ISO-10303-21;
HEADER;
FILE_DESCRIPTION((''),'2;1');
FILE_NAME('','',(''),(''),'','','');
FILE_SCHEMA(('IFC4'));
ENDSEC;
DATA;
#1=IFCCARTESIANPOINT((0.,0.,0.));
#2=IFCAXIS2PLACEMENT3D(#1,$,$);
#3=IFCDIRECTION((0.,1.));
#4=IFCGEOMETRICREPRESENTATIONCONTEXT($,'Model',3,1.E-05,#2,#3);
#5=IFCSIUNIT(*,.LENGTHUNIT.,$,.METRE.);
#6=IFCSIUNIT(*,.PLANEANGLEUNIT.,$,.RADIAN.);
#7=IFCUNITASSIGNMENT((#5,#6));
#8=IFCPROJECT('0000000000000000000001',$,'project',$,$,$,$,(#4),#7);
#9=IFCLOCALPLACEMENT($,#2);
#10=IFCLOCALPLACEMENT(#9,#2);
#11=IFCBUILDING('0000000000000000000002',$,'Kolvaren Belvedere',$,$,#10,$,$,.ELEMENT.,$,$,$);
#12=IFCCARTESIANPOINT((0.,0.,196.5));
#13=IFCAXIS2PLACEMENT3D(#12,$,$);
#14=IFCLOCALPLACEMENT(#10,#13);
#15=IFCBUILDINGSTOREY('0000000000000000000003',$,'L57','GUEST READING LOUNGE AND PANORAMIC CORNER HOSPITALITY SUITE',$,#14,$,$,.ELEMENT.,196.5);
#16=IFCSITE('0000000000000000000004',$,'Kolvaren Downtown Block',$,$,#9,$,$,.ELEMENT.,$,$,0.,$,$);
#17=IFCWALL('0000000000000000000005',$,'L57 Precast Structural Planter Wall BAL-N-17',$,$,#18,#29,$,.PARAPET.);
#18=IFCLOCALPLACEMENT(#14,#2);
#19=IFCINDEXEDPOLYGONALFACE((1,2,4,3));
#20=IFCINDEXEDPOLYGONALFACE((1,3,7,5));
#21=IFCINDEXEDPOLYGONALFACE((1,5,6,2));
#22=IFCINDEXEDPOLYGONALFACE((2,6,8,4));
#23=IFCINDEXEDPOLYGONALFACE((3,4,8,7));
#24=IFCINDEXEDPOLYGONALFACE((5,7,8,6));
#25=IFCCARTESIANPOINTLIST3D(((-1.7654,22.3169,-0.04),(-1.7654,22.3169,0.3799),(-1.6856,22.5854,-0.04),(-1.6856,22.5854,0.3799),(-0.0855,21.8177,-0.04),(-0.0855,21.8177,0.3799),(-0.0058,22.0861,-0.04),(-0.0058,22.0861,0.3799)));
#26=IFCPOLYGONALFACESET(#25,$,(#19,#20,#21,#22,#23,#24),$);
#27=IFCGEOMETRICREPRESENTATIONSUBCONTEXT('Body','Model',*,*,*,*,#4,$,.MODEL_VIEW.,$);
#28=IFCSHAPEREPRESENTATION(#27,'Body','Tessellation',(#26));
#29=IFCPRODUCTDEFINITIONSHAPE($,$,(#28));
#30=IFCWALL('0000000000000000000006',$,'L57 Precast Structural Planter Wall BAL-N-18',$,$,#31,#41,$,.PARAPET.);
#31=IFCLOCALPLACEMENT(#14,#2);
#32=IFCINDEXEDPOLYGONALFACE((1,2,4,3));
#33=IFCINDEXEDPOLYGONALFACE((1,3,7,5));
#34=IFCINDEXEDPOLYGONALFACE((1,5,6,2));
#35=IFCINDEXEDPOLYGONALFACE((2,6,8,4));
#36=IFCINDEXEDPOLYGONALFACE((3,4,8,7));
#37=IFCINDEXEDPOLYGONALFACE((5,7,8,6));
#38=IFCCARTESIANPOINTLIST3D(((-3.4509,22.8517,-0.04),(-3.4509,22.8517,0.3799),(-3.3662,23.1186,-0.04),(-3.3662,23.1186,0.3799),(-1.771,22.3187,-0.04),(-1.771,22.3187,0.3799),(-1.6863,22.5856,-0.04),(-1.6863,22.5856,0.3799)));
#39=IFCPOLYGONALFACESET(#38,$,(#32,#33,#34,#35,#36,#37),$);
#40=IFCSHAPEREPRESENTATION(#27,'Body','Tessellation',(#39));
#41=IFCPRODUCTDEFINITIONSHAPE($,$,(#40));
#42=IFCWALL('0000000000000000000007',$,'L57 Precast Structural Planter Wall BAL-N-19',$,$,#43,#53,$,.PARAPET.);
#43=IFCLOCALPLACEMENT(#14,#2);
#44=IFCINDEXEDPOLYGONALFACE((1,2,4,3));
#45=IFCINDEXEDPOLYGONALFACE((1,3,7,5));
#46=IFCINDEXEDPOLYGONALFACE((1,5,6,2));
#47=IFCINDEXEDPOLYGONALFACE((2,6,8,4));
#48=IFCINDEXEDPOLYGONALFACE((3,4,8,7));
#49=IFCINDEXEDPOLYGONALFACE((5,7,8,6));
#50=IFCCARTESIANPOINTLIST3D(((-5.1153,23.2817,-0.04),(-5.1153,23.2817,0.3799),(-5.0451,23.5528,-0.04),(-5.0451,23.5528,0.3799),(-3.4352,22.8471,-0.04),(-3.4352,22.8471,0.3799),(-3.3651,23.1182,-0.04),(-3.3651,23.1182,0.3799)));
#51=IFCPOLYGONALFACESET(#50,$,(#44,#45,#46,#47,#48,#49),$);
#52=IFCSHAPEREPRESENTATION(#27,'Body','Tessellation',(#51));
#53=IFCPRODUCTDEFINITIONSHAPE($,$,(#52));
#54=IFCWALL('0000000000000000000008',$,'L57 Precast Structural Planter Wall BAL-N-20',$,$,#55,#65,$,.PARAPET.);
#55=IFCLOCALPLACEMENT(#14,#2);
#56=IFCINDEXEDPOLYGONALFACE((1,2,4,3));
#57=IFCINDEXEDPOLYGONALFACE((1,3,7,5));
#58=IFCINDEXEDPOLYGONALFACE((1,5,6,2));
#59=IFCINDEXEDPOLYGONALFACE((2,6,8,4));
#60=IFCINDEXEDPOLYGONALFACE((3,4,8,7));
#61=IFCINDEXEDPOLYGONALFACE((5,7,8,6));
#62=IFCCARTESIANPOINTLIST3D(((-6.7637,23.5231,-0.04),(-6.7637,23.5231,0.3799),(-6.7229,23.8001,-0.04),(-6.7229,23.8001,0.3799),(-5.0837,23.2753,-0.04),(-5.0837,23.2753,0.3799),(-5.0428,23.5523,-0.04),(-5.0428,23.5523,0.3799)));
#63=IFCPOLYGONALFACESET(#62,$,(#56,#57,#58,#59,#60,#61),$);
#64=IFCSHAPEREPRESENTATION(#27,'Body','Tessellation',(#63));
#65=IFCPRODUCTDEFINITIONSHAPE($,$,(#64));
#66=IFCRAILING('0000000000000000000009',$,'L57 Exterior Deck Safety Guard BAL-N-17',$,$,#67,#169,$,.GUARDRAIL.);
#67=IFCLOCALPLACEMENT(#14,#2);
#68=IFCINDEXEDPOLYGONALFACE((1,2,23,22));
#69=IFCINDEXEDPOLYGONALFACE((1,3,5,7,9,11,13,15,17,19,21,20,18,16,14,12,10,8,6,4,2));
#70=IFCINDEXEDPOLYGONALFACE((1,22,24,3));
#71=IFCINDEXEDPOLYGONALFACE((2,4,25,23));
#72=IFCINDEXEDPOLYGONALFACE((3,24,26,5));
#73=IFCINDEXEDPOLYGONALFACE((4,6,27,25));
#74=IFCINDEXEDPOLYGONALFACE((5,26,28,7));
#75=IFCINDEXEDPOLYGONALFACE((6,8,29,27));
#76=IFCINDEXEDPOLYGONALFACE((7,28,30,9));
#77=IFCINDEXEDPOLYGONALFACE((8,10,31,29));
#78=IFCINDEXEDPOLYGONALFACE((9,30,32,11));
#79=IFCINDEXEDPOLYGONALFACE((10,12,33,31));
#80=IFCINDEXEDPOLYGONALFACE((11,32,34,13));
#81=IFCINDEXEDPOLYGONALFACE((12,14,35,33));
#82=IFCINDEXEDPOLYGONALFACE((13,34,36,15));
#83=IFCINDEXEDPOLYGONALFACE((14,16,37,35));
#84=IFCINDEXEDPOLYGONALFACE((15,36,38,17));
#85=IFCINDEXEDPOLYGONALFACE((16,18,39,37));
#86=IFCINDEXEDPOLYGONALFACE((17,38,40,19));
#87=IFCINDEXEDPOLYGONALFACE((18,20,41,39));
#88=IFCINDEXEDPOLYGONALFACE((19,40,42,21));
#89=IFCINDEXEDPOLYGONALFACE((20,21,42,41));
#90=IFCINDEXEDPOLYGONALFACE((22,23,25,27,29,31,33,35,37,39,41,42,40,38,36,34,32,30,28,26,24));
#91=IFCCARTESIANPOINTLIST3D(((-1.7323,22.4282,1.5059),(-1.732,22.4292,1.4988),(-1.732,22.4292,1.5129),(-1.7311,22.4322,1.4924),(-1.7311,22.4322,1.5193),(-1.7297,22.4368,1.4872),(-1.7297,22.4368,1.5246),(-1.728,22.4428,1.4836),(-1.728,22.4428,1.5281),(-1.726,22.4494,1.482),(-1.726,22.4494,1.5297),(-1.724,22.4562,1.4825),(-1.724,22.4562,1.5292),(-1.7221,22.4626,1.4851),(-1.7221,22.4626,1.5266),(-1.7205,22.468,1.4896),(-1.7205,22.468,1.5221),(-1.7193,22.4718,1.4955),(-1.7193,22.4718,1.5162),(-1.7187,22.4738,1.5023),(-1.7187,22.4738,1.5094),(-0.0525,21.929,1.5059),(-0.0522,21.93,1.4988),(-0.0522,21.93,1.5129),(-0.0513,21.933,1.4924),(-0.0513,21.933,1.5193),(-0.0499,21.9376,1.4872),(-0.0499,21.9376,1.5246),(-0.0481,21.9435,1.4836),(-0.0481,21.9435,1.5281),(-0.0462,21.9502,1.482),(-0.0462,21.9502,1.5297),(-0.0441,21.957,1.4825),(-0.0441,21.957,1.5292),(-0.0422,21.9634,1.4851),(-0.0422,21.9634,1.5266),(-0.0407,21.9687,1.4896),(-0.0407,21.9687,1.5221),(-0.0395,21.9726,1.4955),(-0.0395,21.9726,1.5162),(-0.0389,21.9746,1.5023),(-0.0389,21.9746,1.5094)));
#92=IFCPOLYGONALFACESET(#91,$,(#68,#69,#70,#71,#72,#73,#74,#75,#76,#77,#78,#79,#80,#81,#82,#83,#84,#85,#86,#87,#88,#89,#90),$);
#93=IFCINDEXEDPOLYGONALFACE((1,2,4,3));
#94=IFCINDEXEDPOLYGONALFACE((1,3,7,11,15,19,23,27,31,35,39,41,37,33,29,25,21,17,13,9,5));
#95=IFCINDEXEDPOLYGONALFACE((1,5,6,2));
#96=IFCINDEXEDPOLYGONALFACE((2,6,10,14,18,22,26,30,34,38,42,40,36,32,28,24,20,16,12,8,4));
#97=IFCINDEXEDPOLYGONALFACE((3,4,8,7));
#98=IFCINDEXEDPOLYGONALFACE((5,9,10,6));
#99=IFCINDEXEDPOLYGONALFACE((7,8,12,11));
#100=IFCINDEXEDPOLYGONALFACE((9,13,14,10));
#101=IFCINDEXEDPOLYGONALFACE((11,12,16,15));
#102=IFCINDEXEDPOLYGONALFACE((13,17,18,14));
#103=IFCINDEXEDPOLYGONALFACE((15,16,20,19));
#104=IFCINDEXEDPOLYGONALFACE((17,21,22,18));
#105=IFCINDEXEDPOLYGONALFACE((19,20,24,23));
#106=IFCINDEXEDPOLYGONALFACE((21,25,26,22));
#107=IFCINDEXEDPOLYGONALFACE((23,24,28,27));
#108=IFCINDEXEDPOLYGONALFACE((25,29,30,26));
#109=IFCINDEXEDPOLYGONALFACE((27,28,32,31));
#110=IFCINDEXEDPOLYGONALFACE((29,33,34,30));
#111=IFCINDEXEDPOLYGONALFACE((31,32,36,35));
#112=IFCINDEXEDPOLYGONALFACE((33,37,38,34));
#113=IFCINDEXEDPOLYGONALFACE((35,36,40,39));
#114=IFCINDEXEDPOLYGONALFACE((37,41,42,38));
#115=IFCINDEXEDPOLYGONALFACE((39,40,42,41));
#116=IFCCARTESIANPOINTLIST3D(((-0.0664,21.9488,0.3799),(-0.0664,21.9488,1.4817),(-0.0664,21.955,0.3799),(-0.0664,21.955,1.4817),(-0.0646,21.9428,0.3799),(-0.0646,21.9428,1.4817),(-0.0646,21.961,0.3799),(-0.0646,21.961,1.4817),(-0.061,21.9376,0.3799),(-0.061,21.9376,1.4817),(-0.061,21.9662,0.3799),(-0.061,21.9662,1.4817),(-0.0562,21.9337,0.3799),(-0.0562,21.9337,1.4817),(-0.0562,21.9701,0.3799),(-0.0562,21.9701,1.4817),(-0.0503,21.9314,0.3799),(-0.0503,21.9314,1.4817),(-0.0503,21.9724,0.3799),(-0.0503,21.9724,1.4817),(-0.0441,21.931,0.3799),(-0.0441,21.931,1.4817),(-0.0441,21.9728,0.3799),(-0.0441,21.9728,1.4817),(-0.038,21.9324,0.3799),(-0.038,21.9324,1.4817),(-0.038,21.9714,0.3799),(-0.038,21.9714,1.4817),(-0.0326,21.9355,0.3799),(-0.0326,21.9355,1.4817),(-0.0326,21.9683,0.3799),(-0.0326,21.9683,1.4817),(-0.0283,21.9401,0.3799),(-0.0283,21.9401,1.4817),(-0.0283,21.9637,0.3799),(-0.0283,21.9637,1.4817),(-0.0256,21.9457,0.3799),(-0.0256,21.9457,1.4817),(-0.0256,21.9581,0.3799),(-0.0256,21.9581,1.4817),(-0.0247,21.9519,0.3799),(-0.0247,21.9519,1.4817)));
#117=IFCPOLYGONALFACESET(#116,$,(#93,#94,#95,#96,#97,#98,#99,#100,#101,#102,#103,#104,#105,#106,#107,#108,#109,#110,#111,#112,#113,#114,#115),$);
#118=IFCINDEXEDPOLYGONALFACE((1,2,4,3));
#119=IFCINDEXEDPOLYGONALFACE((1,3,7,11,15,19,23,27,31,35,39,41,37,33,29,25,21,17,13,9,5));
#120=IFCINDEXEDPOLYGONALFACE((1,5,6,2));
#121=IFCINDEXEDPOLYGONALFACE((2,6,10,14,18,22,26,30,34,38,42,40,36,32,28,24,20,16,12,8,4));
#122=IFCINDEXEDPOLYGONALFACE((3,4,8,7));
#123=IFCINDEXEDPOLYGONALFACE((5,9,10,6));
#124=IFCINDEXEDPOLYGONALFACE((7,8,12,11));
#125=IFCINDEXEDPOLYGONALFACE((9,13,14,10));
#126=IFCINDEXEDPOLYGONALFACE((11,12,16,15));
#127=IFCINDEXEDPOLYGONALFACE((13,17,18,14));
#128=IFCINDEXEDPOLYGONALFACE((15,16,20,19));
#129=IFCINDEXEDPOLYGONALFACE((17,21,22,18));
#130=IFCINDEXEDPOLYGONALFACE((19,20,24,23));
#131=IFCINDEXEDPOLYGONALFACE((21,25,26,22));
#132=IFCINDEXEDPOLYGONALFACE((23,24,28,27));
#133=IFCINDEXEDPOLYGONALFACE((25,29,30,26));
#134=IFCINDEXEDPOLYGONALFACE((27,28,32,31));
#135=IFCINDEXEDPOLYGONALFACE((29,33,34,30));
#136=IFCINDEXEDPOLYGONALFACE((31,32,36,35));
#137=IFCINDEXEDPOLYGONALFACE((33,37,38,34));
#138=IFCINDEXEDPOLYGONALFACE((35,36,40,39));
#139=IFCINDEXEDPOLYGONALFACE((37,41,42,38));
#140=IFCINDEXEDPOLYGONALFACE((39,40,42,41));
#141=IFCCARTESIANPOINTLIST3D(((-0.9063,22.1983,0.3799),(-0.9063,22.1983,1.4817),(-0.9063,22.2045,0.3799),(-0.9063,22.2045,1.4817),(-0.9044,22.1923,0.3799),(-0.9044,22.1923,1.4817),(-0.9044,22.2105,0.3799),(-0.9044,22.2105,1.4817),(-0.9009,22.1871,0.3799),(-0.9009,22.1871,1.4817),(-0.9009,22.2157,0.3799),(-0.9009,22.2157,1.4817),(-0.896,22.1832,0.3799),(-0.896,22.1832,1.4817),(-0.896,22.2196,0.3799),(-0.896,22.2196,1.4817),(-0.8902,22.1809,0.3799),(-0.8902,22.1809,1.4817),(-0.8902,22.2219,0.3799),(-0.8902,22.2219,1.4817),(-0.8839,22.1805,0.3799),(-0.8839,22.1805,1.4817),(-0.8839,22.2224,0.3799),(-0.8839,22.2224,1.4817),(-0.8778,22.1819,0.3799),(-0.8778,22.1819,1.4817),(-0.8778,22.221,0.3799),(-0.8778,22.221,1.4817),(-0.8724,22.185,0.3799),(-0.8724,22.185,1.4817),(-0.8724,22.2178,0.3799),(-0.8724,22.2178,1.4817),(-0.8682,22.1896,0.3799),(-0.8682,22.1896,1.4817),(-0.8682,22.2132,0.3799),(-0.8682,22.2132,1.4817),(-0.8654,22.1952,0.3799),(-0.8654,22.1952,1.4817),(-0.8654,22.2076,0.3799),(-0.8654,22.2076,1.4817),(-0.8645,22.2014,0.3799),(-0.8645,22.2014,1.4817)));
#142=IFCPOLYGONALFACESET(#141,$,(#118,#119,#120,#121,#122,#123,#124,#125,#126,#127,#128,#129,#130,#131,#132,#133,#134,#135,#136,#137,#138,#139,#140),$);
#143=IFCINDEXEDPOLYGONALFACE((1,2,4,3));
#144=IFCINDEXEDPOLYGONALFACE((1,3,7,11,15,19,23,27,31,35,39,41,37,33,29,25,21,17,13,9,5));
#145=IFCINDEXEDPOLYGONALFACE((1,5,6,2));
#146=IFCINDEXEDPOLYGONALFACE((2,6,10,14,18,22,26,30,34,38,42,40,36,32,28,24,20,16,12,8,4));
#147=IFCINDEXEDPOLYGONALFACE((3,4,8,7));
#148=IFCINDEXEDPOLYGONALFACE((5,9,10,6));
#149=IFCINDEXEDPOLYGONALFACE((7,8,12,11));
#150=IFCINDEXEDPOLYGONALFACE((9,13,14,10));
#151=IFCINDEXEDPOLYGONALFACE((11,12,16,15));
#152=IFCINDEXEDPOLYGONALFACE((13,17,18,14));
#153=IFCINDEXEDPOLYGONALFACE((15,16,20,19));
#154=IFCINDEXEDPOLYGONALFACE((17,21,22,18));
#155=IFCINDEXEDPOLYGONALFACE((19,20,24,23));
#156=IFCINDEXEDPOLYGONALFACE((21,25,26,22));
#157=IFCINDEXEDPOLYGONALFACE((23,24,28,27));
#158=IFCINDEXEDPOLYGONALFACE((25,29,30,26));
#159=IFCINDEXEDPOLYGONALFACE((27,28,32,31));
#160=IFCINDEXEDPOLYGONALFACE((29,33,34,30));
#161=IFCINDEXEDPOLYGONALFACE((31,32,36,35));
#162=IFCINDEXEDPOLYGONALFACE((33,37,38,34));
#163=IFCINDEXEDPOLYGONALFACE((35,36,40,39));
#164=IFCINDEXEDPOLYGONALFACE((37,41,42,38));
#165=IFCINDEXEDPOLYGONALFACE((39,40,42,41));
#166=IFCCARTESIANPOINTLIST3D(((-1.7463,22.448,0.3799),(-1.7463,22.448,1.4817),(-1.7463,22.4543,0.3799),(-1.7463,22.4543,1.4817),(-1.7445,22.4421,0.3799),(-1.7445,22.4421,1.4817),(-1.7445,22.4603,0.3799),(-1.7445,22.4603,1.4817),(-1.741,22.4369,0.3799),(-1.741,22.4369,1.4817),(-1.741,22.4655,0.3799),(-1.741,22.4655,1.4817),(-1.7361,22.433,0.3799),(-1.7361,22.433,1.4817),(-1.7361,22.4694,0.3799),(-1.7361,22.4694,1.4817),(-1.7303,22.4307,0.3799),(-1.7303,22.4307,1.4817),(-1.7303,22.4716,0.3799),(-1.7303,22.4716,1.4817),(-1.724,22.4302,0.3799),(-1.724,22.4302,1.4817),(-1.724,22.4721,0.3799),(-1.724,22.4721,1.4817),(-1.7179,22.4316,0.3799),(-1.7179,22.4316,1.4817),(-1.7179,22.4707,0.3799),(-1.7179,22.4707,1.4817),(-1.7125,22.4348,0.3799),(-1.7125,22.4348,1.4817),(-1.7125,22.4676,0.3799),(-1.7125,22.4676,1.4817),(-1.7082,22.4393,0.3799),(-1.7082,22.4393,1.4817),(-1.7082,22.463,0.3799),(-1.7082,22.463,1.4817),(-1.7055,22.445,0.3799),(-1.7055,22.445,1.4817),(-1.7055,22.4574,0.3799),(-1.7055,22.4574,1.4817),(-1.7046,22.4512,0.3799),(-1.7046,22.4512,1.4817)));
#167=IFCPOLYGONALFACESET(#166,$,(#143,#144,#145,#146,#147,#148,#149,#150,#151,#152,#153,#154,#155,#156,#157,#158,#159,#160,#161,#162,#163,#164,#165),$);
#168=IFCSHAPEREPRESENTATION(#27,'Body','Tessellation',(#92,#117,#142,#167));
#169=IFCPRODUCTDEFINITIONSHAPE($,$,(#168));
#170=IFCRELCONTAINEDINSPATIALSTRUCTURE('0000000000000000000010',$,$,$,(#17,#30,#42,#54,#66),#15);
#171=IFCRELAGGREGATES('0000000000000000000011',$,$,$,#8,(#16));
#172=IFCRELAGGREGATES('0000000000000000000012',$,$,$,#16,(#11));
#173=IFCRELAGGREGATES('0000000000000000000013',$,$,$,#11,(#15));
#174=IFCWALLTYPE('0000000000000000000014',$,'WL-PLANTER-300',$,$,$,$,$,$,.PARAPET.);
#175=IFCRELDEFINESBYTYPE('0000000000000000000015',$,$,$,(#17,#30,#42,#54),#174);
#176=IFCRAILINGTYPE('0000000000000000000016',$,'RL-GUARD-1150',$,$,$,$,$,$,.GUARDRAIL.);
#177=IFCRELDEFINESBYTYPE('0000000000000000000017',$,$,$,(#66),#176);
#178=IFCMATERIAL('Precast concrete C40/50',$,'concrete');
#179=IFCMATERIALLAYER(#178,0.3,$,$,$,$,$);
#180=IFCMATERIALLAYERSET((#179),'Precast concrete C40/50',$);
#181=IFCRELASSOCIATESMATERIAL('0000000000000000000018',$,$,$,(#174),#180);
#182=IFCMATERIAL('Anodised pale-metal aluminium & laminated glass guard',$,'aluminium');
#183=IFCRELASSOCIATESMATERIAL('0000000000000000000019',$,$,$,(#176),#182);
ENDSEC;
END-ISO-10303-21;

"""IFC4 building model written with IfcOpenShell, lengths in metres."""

from ifc_helpers import new_model, si_unit, direction, frame, frame_2d, origin, origin_2d, place, context, subcontext, project, spatial, rectangle, circle, extrude, material, layer, layer_set, type_object, element, save


model = new_model("IFC4")

# Units and contexts
model_context = context("Model", 3, precision=1e-05, world=origin(), true_north=direction((0.0, 1.0)))
body_context = subcontext(model_context, "Body", "Model", "MODEL_VIEW")
ifc_project = project(units=[si_unit("LENGTHUNIT", "METRE"), si_unit("PLANEANGLEUNIT", "RADIAN")], contexts=[model_context])

# Site, building, storey
site_placement = place(None, origin())
site = spatial("IfcSite", under=ifc_project, at=site_placement, Name="Kolvaren Downtown Block", CompositionType="ELEMENT", RefElevation=0.0)
building_placement = place(site_placement, origin())
building = spatial("IfcBuilding", under=site, at=building_placement, Name="Kolvaren Belvedere", CompositionType="ELEMENT")
storey_placement = place(building_placement, frame((0.0, 0.0, 196.5)))
storey = spatial("IfcBuildingStorey", under=building, at=storey_placement, Name="L57", Description="GUEST READING LOUNGE AND PANORAMIC CORNER HOSPITALITY SUITE", CompositionType="ELEMENT", Elevation=196.5)

# Walls
ifc_material_1 = material(Name="Precast concrete C40/50", Category="concrete")
ifc_layer_1 = layer(ifc_material_1, 0.3)
ifc_layer_set_1 = layer_set([ifc_layer_1], Name="Precast concrete C40/50")
wall_type_1 = type_object("IfcWallType", Name="WL-PLANTER-300", PredefinedType="PARAPET", material=ifc_layer_set_1)
wall_1_placement = place(storey_placement, frame((-0.0457, 21.9519, -0.04), z_axis=(0.0, 0.0, 1.0), x_axis=(-0.958563, 0.28488, 0.0)))
element("IfcWall", 1, at=wall_1_placement, inside=storey, type_object=wall_type_1, Name="L57 Precast Structural Planter Wall BAL-N-17", PredefinedType="PARAPET", context=body_context, shape_type="SweptSolid", body=[
    extrude(rectangle(XDim=1.7524, YDim=0.28, at=frame_2d((0.8762, 0.0))), origin(), (0.0, 0.0, 1.0), 0.4199),
])
wall_2_placement = place(storey_placement, frame((-1.7285, 22.4521, -0.04), z_axis=(0.0, 0.0, 1.0), x_axis=(-0.953182, 0.302397, 0.0)))
element("IfcWall", 2, at=wall_2_placement, inside=storey, type_object=wall_type_1, Name="L57 Precast Structural Planter Wall BAL-N-18", PredefinedType="PARAPET", context=body_context, shape_type="SweptSolid", body=[
    extrude(rectangle(XDim=1.7625, YDim=0.28, at=frame_2d((0.8813, 0.0))), origin(), (0.0, 0.0, 1.0), 0.4199),
])
wall_3_placement = place(storey_placement, frame((-3.4001, 22.9827, -0.04), z_axis=(0.0, 0.0, 1.0), x_axis=(-0.968132, 0.25044, 0.0)))
element("IfcWall", 3, at=wall_3_placement, inside=storey, type_object=wall_type_1, Name="L57 Precast Structural Planter Wall BAL-N-19", PredefinedType="PARAPET", context=body_context, shape_type="SweptSolid", body=[
    extrude(rectangle(XDim=1.7354, YDim=0.28, at=frame_2d((0.8677, 0.0))), origin(), (0.0, 0.0, 1.0), 0.4199),
])
wall_4_placement = place(storey_placement, frame((-5.0632, 23.4138, -0.04), z_axis=(0.0, 0.0, 1.0), x_axis=(-0.989298, 0.145908, 0.0)))
element("IfcWall", 4, at=wall_4_placement, inside=storey, type_object=wall_type_1, Name="L57 Precast Structural Planter Wall BAL-N-20", PredefinedType="PARAPET", context=body_context, shape_type="SweptSolid", body=[
    extrude(rectangle(XDim=1.6982, YDim=0.28, at=frame_2d((0.8491, 0.0))), origin(), (0.0, 0.0, 1.0), 0.4199),
])

# Railing
ifc_material_2 = material(Name="Anodised pale-metal aluminium & laminated glass guard", Category="aluminium")
railing_type = type_object("IfcRailingType", Name="RL-GUARD-1150", PredefinedType="GUARDRAIL", material=ifc_material_2)
railing_1_placement = place(storey_placement, frame((-0.0457, 21.9519, 0.3799)))
element("IfcRailing", 5, at=railing_1_placement, inside=storey, type_object=railing_type, Name="L57 Exterior Deck Safety Guard BAL-N-17", PredefinedType="GUARDRAIL", context=body_context, shape_type="SweptSolid", body=[
    extrude(circle(Radius=0.0239, at=origin_2d()), frame((0.0, 0.0, 1.126), z_axis=(-0.958563, 0.28488, 0.0), x_axis=(-0.28488, -0.958563, 0.0)), (0.0, 0.0, 1.0), 1.7524),
    extrude(circle(Radius=0.021, at=origin_2d()), origin(), (0.0, 0.0, 1.0), 1.1018),
    extrude(circle(Radius=0.021, at=origin_2d()), frame((-0.8398, 0.2495, 0.0)), (0.0, 0.0, 1.0), 1.1018),
    extrude(circle(Radius=0.021, at=origin_2d()), frame((-1.6799, 0.4993, 0.0)), (0.0, 0.0, 1.0), 1.1018),
])

save(model, "model.ifc")
